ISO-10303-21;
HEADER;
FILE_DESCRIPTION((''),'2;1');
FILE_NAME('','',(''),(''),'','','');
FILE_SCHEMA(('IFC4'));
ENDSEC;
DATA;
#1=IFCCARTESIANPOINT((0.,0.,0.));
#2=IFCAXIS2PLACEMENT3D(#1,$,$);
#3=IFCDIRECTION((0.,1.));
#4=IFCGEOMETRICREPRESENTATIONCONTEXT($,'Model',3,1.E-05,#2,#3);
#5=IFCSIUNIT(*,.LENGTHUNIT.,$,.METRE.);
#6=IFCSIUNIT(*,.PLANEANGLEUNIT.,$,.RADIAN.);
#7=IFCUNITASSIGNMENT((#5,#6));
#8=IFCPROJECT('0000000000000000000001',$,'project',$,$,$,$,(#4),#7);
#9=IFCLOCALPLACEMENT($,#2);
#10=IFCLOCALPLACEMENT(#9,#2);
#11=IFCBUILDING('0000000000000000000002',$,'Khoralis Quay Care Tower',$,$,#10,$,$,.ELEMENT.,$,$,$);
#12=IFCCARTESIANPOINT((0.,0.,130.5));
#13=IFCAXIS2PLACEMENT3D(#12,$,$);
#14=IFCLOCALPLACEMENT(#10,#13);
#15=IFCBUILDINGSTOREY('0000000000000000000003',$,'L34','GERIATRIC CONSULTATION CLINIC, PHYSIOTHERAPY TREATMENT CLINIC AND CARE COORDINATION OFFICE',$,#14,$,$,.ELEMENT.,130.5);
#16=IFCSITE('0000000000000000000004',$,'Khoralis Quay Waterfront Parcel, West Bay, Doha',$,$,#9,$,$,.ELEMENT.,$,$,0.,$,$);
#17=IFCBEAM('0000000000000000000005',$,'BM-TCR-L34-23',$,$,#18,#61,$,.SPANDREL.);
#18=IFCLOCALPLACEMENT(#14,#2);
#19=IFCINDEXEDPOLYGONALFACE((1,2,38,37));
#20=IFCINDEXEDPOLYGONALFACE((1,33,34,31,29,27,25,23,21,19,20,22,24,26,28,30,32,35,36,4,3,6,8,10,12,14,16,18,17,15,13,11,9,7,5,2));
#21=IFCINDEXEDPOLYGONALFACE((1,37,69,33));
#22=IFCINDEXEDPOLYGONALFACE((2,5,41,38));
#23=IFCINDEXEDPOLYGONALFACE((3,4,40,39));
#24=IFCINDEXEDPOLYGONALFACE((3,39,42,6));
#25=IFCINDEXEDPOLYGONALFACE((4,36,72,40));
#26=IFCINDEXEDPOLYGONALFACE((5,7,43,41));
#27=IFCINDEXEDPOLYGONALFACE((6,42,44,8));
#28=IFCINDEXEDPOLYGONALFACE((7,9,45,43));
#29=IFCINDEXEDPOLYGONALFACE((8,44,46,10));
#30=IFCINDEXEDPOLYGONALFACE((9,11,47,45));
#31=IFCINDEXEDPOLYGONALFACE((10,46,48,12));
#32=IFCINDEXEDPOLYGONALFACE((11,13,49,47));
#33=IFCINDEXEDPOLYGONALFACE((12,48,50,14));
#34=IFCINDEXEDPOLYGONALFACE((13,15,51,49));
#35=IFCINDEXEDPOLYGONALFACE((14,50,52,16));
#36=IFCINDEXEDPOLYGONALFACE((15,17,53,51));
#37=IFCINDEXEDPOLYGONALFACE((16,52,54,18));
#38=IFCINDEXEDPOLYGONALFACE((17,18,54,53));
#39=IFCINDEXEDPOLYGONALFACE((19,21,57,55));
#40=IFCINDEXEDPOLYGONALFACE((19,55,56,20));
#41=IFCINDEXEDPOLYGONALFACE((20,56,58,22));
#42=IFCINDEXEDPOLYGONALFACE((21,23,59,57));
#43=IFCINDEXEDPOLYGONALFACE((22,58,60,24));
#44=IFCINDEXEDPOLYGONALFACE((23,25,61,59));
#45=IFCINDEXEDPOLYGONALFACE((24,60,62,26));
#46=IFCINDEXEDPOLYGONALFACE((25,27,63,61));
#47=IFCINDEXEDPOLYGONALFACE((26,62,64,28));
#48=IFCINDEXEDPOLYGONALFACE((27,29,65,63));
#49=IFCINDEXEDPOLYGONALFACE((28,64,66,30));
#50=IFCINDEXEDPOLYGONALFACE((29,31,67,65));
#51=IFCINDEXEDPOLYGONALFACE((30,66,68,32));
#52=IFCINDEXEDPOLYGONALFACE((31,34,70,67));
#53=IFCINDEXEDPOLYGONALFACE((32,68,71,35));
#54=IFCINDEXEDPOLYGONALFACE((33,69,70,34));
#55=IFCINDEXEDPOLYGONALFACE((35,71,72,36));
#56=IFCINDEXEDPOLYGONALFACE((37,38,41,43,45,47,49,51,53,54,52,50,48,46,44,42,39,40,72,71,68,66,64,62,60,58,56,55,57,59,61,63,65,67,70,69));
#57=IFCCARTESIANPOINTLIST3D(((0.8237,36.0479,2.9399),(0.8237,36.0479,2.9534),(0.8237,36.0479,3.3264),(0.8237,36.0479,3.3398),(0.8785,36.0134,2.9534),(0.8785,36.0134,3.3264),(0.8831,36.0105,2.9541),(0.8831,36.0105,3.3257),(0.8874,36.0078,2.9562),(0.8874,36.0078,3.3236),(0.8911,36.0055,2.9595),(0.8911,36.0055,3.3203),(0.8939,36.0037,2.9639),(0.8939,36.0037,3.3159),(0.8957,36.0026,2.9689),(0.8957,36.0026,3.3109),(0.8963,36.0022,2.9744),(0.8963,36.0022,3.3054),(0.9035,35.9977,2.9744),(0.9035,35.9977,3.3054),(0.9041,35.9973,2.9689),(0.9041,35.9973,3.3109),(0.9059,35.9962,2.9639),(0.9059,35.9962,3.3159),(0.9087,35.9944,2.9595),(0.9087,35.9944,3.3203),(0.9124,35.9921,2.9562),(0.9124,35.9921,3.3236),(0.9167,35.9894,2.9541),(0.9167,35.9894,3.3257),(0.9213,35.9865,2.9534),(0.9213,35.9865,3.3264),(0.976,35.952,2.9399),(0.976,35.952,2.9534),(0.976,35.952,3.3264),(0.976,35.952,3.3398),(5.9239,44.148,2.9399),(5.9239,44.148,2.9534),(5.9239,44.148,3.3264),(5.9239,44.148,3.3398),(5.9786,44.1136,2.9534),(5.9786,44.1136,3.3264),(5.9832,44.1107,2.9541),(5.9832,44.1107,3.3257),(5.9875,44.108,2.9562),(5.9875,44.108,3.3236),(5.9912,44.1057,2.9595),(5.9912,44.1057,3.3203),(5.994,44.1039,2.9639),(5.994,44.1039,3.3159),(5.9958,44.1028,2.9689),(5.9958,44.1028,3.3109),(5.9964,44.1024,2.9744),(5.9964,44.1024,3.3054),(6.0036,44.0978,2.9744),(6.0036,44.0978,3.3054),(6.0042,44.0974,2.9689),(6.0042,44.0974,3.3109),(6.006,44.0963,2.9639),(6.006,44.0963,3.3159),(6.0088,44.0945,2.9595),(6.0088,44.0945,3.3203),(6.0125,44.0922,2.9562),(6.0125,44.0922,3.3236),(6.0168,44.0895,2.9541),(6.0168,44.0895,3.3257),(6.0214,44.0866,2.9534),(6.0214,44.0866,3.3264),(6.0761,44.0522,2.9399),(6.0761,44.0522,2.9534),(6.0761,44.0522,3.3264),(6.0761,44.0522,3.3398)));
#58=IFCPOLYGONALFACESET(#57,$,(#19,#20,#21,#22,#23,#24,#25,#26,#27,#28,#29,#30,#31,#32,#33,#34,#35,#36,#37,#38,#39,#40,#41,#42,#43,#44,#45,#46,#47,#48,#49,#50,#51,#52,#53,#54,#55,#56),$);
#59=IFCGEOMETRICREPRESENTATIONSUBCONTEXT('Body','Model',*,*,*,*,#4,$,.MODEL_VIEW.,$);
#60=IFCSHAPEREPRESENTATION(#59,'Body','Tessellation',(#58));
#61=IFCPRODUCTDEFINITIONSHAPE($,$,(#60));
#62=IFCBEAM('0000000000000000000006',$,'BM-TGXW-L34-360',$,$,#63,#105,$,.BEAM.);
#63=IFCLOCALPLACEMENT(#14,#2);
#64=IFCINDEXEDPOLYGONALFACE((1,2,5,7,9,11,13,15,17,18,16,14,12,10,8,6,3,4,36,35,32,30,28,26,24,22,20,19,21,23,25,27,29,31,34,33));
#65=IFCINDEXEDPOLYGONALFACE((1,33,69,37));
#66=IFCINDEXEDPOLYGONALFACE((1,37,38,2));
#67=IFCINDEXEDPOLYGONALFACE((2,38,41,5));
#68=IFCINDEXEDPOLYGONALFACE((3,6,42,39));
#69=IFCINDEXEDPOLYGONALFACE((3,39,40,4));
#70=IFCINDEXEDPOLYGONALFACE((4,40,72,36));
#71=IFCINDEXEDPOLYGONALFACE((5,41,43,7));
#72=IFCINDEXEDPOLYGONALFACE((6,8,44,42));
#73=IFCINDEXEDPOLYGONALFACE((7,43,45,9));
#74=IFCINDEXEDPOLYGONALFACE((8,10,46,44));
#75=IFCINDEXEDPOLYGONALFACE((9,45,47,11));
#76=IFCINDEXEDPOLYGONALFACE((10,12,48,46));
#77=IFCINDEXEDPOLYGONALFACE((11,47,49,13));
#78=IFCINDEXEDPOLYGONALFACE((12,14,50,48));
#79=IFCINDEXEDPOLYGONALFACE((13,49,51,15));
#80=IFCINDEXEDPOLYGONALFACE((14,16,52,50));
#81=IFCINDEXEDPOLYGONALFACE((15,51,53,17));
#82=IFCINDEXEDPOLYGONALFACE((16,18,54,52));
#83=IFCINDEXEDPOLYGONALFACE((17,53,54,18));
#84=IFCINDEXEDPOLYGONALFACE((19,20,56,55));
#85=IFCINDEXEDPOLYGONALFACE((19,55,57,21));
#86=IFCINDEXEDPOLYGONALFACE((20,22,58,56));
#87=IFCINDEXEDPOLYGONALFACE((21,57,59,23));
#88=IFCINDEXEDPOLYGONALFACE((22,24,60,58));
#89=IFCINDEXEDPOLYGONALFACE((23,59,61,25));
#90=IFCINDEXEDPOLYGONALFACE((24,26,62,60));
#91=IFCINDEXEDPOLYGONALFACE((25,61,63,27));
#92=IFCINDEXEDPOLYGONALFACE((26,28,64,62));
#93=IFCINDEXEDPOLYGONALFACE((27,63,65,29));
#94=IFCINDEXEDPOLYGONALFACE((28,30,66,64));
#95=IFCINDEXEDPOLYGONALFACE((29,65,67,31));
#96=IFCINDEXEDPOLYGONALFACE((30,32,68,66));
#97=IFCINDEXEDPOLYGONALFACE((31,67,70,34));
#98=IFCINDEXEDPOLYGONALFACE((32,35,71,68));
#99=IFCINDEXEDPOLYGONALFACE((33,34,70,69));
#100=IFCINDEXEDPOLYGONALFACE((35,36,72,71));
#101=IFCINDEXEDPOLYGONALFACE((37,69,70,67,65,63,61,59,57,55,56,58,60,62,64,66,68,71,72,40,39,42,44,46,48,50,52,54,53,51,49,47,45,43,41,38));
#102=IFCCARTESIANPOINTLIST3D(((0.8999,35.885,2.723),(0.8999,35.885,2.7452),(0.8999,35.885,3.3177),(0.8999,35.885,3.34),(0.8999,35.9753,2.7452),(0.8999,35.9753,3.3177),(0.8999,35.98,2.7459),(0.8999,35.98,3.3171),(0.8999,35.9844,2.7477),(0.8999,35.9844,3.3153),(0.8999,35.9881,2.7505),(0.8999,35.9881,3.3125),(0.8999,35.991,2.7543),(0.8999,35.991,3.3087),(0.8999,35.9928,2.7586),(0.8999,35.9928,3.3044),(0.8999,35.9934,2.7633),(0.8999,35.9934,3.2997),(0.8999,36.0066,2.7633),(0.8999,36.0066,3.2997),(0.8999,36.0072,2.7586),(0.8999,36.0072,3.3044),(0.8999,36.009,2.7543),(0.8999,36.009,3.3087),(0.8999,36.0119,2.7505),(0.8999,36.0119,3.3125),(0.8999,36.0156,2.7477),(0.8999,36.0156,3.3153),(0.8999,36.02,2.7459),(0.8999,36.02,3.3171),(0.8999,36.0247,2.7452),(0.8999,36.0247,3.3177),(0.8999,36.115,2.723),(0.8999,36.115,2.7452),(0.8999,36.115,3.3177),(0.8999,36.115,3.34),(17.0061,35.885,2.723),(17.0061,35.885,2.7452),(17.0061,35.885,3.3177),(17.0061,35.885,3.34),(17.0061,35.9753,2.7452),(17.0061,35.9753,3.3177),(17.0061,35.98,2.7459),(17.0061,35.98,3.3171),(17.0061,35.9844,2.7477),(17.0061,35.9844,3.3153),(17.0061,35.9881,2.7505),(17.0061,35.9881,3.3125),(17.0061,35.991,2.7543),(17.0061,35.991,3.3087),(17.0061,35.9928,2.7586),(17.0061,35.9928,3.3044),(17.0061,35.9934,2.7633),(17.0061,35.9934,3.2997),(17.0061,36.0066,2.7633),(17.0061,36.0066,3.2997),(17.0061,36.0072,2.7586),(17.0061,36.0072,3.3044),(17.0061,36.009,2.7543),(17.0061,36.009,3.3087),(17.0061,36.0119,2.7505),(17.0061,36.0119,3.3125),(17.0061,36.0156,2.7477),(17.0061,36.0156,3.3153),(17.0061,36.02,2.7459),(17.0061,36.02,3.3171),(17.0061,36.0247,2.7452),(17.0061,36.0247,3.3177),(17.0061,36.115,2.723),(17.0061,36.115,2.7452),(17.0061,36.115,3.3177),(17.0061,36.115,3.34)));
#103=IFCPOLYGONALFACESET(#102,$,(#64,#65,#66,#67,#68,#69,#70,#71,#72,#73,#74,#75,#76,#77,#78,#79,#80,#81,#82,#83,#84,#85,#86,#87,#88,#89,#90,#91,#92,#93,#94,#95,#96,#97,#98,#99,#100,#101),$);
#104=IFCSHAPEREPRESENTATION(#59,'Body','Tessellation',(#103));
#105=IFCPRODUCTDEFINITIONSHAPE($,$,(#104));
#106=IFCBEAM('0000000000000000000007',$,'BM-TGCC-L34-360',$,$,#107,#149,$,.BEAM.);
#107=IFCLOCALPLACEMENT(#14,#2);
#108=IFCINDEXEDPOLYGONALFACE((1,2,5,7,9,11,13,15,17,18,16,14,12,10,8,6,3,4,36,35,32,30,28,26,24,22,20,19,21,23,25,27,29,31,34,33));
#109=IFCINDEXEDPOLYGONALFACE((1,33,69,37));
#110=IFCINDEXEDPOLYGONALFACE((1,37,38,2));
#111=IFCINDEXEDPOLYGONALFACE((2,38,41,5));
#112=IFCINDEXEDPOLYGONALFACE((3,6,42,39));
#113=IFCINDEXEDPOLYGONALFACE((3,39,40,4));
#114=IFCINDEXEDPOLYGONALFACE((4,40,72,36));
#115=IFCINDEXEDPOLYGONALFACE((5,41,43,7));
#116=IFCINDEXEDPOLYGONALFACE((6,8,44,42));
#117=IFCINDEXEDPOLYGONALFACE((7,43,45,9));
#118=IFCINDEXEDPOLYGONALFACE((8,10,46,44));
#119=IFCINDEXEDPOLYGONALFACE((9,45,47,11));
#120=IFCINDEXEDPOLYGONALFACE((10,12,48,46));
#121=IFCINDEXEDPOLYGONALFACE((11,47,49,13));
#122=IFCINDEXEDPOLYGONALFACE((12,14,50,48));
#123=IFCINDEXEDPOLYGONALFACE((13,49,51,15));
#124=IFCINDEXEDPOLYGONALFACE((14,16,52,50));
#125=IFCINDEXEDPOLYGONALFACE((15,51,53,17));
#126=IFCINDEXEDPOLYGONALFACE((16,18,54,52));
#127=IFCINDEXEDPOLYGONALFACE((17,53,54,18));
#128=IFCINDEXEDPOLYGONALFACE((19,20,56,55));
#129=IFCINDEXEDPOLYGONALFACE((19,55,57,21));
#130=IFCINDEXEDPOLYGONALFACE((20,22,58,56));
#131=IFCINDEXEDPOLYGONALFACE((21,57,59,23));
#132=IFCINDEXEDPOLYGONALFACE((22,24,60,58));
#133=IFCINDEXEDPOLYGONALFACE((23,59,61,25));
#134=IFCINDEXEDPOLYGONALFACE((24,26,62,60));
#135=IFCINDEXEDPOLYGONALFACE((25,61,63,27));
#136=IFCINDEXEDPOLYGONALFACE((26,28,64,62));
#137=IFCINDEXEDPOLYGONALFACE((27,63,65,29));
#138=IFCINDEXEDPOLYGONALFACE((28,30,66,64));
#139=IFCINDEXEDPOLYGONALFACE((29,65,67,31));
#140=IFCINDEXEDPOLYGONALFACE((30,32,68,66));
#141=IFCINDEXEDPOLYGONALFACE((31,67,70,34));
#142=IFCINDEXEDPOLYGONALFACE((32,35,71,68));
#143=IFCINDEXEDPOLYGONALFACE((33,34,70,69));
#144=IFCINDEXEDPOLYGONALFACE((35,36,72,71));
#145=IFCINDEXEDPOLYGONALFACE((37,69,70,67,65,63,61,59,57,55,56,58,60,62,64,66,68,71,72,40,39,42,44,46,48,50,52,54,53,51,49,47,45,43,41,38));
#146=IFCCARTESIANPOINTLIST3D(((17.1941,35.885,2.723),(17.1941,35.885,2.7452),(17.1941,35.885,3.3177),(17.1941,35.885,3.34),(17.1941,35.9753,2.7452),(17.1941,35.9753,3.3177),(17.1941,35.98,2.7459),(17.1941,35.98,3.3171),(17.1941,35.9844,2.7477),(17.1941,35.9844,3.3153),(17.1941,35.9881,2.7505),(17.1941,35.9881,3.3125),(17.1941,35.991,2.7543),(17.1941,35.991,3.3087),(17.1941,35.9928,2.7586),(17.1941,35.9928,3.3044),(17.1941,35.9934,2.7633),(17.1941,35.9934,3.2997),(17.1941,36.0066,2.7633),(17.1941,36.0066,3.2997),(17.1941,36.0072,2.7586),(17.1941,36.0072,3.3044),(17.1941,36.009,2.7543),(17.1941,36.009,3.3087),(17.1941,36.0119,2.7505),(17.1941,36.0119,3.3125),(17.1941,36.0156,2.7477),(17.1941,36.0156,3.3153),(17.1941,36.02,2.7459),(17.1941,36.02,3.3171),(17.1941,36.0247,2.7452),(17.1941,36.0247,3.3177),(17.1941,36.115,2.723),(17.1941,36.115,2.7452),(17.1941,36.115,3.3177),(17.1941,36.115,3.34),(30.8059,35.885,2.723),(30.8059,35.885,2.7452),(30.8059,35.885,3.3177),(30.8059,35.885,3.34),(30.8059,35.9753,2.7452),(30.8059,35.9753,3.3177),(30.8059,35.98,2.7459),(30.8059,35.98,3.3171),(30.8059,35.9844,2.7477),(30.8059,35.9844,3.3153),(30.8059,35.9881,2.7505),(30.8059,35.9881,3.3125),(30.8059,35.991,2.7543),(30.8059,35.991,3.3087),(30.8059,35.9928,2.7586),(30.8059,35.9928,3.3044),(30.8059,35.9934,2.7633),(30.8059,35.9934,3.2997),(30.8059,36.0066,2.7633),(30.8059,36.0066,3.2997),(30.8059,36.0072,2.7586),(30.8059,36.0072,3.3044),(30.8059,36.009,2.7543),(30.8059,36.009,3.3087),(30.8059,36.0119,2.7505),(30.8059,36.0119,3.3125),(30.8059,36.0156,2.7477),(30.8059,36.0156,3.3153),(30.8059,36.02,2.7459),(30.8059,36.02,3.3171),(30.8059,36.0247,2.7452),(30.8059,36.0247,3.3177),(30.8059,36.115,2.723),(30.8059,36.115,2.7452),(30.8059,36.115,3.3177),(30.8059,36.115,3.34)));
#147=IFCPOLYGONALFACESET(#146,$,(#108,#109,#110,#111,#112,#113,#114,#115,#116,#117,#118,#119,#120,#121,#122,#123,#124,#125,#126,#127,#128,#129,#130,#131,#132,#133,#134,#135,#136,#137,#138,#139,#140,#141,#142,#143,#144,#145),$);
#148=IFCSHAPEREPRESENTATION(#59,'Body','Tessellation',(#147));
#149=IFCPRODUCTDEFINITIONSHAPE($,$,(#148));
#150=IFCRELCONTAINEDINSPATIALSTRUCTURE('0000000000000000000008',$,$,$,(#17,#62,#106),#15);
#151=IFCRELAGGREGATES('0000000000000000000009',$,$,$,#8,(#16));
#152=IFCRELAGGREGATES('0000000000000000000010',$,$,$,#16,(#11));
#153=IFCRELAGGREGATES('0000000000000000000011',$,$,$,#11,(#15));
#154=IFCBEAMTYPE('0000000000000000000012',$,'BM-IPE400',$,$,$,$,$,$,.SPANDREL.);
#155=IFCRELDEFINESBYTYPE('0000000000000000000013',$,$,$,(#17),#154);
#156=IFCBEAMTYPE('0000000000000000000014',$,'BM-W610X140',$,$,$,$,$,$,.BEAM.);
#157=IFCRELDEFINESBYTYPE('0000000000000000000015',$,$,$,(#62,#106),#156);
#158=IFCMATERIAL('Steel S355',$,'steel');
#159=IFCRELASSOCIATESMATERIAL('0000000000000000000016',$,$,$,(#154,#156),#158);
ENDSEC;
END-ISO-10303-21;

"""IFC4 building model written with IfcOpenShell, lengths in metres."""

from ifc_helpers import new_model, si_unit, direction, frame, origin, origin_2d, place, context, subcontext, project, spatial, i_section, extrude, source, transform, mapped, material, material_profile, profile_set, type_object, element, save


model = new_model("IFC4")

# Units and contexts
model_context = context("Model", 3, precision=1e-05, world=origin(), true_north=direction((0.0, 1.0)))
body_context = subcontext(model_context, "Body", "Model", "MODEL_VIEW")
ifc_project = project(units=[si_unit("LENGTHUNIT", "METRE"), si_unit("PLANEANGLEUNIT", "RADIAN")], contexts=[model_context])

# Site, building, storey
site_placement = place(None, origin())
site = spatial("IfcSite", under=ifc_project, at=site_placement, Name="Khoralis Quay Waterfront Parcel, West Bay, Doha", CompositionType="ELEMENT", RefElevation=0.0)
building_placement = place(site_placement, origin())
building = spatial("IfcBuilding", under=site, at=building_placement, Name="Khoralis Quay Care Tower", CompositionType="ELEMENT")
storey_placement = place(building_placement, frame((0.0, 0.0, 130.5)))
storey = spatial("IfcBuildingStorey", under=building, at=storey_placement, Name="L34", Description="GERIATRIC CONSULTATION CLINIC, PHYSIOTHERAPY TREATMENT CLINIC AND CARE COORDINATION OFFICE", CompositionType="ELEMENT", Elevation=130.5)

# Beams
ifc_material_1 = material(Name="Steel S355", Category="steel")
ifc_material_profile_1 = material_profile(ifc_material_1, i_section(OverallWidth=0.1799, OverallDepth=0.3999, WebThickness=0.0085, FlangeThickness=0.0134, FilletRadius=0.021, at=origin_2d()), Name="Steel S355")
ifc_profile_set_1 = profile_set([ifc_material_profile_1], Name="Steel S355")
beam_type_1 = type_object("IfcBeamType", Name="BM-IPE400", PredefinedType="SPANDREL", material=ifc_profile_set_1)
shared_shape_1 = source(origin(), body_context, "Body", "SweptSolid", [
    extrude(i_section(OverallWidth=0.1799, OverallDepth=0.3999, WebThickness=0.0085, FlangeThickness=0.0134, FilletRadius=0.021, at=origin_2d()), origin(), (0.0, 0.0, 1.0), 9.572),
])
beam_1_placement = place(storey_placement, frame((6.0, 44.1001, 3.1399), z_axis=(-0.532816, -0.846231, 0.0), x_axis=(0.846231, -0.532816, 0.0)))
element("IfcBeam", 1, at=beam_1_placement, inside=storey, type_object=beam_type_1, Name="BM-TCR-L34-23", PredefinedType="SPANDREL", context=body_context, shape_type="MappedRepresentation", body=[
    mapped(shared_shape_1, transform((0.0, 0.0, 0.0), scale=1.0)),
])
ifc_material_profile_2 = material_profile(ifc_material_1, i_section(OverallWidth=0.23, OverallDepth=0.6169, WebThickness=0.0132, FlangeThickness=0.0222, FilletRadius=0.0181, at=origin_2d()), Name="Steel S355")
ifc_profile_set_2 = profile_set([ifc_material_profile_2], Name="Steel S355")
beam_type_2 = type_object("IfcBeamType", Name="BM-W610X140", PredefinedType="BEAM", material=ifc_profile_set_2)
shared_shape_2 = source(origin(), body_context, "Body", "SweptSolid", [
    extrude(i_section(OverallWidth=0.23, OverallDepth=0.6169, WebThickness=0.0132, FlangeThickness=0.0222, FilletRadius=0.0181, at=origin_2d()), origin(), (0.0, 0.0, 1.0), 16.1062),
])
beam_2_placement = place(storey_placement, frame((0.8999, 36.0, 3.0315), z_axis=(1.0, 0.0, 0.0), x_axis=(0.0, 1.0, 0.0)))
element("IfcBeam", 2, at=beam_2_placement, inside=storey, type_object=beam_type_2, Name="BM-TGXW-L34-360", PredefinedType="BEAM", context=body_context, shape_type="MappedRepresentation", body=[
    mapped(shared_shape_2, transform((0.0, 0.0, 0.0), scale=1.0)),
])
shared_shape_3 = source(origin(), body_context, "Body", "SweptSolid", [
    extrude(i_section(OverallWidth=0.23, OverallDepth=0.6169, WebThickness=0.0132, FlangeThickness=0.0222, FilletRadius=0.0181, at=origin_2d()), origin(), (0.0, 0.0, 1.0), 13.6118),
])
beam_3_placement = place(storey_placement, frame((17.1941, 36.0, 3.0315), z_axis=(1.0, 0.0, 0.0), x_axis=(0.0, 1.0, 0.0)))
element("IfcBeam", 3, at=beam_3_placement, inside=storey, type_object=beam_type_2, Name="BM-TGCC-L34-360", PredefinedType="BEAM", context=body_context, shape_type="MappedRepresentation", body=[
    mapped(shared_shape_3, transform((0.0, 0.0, 0.0), scale=1.0)),
])

save(model, "model.ifc")
